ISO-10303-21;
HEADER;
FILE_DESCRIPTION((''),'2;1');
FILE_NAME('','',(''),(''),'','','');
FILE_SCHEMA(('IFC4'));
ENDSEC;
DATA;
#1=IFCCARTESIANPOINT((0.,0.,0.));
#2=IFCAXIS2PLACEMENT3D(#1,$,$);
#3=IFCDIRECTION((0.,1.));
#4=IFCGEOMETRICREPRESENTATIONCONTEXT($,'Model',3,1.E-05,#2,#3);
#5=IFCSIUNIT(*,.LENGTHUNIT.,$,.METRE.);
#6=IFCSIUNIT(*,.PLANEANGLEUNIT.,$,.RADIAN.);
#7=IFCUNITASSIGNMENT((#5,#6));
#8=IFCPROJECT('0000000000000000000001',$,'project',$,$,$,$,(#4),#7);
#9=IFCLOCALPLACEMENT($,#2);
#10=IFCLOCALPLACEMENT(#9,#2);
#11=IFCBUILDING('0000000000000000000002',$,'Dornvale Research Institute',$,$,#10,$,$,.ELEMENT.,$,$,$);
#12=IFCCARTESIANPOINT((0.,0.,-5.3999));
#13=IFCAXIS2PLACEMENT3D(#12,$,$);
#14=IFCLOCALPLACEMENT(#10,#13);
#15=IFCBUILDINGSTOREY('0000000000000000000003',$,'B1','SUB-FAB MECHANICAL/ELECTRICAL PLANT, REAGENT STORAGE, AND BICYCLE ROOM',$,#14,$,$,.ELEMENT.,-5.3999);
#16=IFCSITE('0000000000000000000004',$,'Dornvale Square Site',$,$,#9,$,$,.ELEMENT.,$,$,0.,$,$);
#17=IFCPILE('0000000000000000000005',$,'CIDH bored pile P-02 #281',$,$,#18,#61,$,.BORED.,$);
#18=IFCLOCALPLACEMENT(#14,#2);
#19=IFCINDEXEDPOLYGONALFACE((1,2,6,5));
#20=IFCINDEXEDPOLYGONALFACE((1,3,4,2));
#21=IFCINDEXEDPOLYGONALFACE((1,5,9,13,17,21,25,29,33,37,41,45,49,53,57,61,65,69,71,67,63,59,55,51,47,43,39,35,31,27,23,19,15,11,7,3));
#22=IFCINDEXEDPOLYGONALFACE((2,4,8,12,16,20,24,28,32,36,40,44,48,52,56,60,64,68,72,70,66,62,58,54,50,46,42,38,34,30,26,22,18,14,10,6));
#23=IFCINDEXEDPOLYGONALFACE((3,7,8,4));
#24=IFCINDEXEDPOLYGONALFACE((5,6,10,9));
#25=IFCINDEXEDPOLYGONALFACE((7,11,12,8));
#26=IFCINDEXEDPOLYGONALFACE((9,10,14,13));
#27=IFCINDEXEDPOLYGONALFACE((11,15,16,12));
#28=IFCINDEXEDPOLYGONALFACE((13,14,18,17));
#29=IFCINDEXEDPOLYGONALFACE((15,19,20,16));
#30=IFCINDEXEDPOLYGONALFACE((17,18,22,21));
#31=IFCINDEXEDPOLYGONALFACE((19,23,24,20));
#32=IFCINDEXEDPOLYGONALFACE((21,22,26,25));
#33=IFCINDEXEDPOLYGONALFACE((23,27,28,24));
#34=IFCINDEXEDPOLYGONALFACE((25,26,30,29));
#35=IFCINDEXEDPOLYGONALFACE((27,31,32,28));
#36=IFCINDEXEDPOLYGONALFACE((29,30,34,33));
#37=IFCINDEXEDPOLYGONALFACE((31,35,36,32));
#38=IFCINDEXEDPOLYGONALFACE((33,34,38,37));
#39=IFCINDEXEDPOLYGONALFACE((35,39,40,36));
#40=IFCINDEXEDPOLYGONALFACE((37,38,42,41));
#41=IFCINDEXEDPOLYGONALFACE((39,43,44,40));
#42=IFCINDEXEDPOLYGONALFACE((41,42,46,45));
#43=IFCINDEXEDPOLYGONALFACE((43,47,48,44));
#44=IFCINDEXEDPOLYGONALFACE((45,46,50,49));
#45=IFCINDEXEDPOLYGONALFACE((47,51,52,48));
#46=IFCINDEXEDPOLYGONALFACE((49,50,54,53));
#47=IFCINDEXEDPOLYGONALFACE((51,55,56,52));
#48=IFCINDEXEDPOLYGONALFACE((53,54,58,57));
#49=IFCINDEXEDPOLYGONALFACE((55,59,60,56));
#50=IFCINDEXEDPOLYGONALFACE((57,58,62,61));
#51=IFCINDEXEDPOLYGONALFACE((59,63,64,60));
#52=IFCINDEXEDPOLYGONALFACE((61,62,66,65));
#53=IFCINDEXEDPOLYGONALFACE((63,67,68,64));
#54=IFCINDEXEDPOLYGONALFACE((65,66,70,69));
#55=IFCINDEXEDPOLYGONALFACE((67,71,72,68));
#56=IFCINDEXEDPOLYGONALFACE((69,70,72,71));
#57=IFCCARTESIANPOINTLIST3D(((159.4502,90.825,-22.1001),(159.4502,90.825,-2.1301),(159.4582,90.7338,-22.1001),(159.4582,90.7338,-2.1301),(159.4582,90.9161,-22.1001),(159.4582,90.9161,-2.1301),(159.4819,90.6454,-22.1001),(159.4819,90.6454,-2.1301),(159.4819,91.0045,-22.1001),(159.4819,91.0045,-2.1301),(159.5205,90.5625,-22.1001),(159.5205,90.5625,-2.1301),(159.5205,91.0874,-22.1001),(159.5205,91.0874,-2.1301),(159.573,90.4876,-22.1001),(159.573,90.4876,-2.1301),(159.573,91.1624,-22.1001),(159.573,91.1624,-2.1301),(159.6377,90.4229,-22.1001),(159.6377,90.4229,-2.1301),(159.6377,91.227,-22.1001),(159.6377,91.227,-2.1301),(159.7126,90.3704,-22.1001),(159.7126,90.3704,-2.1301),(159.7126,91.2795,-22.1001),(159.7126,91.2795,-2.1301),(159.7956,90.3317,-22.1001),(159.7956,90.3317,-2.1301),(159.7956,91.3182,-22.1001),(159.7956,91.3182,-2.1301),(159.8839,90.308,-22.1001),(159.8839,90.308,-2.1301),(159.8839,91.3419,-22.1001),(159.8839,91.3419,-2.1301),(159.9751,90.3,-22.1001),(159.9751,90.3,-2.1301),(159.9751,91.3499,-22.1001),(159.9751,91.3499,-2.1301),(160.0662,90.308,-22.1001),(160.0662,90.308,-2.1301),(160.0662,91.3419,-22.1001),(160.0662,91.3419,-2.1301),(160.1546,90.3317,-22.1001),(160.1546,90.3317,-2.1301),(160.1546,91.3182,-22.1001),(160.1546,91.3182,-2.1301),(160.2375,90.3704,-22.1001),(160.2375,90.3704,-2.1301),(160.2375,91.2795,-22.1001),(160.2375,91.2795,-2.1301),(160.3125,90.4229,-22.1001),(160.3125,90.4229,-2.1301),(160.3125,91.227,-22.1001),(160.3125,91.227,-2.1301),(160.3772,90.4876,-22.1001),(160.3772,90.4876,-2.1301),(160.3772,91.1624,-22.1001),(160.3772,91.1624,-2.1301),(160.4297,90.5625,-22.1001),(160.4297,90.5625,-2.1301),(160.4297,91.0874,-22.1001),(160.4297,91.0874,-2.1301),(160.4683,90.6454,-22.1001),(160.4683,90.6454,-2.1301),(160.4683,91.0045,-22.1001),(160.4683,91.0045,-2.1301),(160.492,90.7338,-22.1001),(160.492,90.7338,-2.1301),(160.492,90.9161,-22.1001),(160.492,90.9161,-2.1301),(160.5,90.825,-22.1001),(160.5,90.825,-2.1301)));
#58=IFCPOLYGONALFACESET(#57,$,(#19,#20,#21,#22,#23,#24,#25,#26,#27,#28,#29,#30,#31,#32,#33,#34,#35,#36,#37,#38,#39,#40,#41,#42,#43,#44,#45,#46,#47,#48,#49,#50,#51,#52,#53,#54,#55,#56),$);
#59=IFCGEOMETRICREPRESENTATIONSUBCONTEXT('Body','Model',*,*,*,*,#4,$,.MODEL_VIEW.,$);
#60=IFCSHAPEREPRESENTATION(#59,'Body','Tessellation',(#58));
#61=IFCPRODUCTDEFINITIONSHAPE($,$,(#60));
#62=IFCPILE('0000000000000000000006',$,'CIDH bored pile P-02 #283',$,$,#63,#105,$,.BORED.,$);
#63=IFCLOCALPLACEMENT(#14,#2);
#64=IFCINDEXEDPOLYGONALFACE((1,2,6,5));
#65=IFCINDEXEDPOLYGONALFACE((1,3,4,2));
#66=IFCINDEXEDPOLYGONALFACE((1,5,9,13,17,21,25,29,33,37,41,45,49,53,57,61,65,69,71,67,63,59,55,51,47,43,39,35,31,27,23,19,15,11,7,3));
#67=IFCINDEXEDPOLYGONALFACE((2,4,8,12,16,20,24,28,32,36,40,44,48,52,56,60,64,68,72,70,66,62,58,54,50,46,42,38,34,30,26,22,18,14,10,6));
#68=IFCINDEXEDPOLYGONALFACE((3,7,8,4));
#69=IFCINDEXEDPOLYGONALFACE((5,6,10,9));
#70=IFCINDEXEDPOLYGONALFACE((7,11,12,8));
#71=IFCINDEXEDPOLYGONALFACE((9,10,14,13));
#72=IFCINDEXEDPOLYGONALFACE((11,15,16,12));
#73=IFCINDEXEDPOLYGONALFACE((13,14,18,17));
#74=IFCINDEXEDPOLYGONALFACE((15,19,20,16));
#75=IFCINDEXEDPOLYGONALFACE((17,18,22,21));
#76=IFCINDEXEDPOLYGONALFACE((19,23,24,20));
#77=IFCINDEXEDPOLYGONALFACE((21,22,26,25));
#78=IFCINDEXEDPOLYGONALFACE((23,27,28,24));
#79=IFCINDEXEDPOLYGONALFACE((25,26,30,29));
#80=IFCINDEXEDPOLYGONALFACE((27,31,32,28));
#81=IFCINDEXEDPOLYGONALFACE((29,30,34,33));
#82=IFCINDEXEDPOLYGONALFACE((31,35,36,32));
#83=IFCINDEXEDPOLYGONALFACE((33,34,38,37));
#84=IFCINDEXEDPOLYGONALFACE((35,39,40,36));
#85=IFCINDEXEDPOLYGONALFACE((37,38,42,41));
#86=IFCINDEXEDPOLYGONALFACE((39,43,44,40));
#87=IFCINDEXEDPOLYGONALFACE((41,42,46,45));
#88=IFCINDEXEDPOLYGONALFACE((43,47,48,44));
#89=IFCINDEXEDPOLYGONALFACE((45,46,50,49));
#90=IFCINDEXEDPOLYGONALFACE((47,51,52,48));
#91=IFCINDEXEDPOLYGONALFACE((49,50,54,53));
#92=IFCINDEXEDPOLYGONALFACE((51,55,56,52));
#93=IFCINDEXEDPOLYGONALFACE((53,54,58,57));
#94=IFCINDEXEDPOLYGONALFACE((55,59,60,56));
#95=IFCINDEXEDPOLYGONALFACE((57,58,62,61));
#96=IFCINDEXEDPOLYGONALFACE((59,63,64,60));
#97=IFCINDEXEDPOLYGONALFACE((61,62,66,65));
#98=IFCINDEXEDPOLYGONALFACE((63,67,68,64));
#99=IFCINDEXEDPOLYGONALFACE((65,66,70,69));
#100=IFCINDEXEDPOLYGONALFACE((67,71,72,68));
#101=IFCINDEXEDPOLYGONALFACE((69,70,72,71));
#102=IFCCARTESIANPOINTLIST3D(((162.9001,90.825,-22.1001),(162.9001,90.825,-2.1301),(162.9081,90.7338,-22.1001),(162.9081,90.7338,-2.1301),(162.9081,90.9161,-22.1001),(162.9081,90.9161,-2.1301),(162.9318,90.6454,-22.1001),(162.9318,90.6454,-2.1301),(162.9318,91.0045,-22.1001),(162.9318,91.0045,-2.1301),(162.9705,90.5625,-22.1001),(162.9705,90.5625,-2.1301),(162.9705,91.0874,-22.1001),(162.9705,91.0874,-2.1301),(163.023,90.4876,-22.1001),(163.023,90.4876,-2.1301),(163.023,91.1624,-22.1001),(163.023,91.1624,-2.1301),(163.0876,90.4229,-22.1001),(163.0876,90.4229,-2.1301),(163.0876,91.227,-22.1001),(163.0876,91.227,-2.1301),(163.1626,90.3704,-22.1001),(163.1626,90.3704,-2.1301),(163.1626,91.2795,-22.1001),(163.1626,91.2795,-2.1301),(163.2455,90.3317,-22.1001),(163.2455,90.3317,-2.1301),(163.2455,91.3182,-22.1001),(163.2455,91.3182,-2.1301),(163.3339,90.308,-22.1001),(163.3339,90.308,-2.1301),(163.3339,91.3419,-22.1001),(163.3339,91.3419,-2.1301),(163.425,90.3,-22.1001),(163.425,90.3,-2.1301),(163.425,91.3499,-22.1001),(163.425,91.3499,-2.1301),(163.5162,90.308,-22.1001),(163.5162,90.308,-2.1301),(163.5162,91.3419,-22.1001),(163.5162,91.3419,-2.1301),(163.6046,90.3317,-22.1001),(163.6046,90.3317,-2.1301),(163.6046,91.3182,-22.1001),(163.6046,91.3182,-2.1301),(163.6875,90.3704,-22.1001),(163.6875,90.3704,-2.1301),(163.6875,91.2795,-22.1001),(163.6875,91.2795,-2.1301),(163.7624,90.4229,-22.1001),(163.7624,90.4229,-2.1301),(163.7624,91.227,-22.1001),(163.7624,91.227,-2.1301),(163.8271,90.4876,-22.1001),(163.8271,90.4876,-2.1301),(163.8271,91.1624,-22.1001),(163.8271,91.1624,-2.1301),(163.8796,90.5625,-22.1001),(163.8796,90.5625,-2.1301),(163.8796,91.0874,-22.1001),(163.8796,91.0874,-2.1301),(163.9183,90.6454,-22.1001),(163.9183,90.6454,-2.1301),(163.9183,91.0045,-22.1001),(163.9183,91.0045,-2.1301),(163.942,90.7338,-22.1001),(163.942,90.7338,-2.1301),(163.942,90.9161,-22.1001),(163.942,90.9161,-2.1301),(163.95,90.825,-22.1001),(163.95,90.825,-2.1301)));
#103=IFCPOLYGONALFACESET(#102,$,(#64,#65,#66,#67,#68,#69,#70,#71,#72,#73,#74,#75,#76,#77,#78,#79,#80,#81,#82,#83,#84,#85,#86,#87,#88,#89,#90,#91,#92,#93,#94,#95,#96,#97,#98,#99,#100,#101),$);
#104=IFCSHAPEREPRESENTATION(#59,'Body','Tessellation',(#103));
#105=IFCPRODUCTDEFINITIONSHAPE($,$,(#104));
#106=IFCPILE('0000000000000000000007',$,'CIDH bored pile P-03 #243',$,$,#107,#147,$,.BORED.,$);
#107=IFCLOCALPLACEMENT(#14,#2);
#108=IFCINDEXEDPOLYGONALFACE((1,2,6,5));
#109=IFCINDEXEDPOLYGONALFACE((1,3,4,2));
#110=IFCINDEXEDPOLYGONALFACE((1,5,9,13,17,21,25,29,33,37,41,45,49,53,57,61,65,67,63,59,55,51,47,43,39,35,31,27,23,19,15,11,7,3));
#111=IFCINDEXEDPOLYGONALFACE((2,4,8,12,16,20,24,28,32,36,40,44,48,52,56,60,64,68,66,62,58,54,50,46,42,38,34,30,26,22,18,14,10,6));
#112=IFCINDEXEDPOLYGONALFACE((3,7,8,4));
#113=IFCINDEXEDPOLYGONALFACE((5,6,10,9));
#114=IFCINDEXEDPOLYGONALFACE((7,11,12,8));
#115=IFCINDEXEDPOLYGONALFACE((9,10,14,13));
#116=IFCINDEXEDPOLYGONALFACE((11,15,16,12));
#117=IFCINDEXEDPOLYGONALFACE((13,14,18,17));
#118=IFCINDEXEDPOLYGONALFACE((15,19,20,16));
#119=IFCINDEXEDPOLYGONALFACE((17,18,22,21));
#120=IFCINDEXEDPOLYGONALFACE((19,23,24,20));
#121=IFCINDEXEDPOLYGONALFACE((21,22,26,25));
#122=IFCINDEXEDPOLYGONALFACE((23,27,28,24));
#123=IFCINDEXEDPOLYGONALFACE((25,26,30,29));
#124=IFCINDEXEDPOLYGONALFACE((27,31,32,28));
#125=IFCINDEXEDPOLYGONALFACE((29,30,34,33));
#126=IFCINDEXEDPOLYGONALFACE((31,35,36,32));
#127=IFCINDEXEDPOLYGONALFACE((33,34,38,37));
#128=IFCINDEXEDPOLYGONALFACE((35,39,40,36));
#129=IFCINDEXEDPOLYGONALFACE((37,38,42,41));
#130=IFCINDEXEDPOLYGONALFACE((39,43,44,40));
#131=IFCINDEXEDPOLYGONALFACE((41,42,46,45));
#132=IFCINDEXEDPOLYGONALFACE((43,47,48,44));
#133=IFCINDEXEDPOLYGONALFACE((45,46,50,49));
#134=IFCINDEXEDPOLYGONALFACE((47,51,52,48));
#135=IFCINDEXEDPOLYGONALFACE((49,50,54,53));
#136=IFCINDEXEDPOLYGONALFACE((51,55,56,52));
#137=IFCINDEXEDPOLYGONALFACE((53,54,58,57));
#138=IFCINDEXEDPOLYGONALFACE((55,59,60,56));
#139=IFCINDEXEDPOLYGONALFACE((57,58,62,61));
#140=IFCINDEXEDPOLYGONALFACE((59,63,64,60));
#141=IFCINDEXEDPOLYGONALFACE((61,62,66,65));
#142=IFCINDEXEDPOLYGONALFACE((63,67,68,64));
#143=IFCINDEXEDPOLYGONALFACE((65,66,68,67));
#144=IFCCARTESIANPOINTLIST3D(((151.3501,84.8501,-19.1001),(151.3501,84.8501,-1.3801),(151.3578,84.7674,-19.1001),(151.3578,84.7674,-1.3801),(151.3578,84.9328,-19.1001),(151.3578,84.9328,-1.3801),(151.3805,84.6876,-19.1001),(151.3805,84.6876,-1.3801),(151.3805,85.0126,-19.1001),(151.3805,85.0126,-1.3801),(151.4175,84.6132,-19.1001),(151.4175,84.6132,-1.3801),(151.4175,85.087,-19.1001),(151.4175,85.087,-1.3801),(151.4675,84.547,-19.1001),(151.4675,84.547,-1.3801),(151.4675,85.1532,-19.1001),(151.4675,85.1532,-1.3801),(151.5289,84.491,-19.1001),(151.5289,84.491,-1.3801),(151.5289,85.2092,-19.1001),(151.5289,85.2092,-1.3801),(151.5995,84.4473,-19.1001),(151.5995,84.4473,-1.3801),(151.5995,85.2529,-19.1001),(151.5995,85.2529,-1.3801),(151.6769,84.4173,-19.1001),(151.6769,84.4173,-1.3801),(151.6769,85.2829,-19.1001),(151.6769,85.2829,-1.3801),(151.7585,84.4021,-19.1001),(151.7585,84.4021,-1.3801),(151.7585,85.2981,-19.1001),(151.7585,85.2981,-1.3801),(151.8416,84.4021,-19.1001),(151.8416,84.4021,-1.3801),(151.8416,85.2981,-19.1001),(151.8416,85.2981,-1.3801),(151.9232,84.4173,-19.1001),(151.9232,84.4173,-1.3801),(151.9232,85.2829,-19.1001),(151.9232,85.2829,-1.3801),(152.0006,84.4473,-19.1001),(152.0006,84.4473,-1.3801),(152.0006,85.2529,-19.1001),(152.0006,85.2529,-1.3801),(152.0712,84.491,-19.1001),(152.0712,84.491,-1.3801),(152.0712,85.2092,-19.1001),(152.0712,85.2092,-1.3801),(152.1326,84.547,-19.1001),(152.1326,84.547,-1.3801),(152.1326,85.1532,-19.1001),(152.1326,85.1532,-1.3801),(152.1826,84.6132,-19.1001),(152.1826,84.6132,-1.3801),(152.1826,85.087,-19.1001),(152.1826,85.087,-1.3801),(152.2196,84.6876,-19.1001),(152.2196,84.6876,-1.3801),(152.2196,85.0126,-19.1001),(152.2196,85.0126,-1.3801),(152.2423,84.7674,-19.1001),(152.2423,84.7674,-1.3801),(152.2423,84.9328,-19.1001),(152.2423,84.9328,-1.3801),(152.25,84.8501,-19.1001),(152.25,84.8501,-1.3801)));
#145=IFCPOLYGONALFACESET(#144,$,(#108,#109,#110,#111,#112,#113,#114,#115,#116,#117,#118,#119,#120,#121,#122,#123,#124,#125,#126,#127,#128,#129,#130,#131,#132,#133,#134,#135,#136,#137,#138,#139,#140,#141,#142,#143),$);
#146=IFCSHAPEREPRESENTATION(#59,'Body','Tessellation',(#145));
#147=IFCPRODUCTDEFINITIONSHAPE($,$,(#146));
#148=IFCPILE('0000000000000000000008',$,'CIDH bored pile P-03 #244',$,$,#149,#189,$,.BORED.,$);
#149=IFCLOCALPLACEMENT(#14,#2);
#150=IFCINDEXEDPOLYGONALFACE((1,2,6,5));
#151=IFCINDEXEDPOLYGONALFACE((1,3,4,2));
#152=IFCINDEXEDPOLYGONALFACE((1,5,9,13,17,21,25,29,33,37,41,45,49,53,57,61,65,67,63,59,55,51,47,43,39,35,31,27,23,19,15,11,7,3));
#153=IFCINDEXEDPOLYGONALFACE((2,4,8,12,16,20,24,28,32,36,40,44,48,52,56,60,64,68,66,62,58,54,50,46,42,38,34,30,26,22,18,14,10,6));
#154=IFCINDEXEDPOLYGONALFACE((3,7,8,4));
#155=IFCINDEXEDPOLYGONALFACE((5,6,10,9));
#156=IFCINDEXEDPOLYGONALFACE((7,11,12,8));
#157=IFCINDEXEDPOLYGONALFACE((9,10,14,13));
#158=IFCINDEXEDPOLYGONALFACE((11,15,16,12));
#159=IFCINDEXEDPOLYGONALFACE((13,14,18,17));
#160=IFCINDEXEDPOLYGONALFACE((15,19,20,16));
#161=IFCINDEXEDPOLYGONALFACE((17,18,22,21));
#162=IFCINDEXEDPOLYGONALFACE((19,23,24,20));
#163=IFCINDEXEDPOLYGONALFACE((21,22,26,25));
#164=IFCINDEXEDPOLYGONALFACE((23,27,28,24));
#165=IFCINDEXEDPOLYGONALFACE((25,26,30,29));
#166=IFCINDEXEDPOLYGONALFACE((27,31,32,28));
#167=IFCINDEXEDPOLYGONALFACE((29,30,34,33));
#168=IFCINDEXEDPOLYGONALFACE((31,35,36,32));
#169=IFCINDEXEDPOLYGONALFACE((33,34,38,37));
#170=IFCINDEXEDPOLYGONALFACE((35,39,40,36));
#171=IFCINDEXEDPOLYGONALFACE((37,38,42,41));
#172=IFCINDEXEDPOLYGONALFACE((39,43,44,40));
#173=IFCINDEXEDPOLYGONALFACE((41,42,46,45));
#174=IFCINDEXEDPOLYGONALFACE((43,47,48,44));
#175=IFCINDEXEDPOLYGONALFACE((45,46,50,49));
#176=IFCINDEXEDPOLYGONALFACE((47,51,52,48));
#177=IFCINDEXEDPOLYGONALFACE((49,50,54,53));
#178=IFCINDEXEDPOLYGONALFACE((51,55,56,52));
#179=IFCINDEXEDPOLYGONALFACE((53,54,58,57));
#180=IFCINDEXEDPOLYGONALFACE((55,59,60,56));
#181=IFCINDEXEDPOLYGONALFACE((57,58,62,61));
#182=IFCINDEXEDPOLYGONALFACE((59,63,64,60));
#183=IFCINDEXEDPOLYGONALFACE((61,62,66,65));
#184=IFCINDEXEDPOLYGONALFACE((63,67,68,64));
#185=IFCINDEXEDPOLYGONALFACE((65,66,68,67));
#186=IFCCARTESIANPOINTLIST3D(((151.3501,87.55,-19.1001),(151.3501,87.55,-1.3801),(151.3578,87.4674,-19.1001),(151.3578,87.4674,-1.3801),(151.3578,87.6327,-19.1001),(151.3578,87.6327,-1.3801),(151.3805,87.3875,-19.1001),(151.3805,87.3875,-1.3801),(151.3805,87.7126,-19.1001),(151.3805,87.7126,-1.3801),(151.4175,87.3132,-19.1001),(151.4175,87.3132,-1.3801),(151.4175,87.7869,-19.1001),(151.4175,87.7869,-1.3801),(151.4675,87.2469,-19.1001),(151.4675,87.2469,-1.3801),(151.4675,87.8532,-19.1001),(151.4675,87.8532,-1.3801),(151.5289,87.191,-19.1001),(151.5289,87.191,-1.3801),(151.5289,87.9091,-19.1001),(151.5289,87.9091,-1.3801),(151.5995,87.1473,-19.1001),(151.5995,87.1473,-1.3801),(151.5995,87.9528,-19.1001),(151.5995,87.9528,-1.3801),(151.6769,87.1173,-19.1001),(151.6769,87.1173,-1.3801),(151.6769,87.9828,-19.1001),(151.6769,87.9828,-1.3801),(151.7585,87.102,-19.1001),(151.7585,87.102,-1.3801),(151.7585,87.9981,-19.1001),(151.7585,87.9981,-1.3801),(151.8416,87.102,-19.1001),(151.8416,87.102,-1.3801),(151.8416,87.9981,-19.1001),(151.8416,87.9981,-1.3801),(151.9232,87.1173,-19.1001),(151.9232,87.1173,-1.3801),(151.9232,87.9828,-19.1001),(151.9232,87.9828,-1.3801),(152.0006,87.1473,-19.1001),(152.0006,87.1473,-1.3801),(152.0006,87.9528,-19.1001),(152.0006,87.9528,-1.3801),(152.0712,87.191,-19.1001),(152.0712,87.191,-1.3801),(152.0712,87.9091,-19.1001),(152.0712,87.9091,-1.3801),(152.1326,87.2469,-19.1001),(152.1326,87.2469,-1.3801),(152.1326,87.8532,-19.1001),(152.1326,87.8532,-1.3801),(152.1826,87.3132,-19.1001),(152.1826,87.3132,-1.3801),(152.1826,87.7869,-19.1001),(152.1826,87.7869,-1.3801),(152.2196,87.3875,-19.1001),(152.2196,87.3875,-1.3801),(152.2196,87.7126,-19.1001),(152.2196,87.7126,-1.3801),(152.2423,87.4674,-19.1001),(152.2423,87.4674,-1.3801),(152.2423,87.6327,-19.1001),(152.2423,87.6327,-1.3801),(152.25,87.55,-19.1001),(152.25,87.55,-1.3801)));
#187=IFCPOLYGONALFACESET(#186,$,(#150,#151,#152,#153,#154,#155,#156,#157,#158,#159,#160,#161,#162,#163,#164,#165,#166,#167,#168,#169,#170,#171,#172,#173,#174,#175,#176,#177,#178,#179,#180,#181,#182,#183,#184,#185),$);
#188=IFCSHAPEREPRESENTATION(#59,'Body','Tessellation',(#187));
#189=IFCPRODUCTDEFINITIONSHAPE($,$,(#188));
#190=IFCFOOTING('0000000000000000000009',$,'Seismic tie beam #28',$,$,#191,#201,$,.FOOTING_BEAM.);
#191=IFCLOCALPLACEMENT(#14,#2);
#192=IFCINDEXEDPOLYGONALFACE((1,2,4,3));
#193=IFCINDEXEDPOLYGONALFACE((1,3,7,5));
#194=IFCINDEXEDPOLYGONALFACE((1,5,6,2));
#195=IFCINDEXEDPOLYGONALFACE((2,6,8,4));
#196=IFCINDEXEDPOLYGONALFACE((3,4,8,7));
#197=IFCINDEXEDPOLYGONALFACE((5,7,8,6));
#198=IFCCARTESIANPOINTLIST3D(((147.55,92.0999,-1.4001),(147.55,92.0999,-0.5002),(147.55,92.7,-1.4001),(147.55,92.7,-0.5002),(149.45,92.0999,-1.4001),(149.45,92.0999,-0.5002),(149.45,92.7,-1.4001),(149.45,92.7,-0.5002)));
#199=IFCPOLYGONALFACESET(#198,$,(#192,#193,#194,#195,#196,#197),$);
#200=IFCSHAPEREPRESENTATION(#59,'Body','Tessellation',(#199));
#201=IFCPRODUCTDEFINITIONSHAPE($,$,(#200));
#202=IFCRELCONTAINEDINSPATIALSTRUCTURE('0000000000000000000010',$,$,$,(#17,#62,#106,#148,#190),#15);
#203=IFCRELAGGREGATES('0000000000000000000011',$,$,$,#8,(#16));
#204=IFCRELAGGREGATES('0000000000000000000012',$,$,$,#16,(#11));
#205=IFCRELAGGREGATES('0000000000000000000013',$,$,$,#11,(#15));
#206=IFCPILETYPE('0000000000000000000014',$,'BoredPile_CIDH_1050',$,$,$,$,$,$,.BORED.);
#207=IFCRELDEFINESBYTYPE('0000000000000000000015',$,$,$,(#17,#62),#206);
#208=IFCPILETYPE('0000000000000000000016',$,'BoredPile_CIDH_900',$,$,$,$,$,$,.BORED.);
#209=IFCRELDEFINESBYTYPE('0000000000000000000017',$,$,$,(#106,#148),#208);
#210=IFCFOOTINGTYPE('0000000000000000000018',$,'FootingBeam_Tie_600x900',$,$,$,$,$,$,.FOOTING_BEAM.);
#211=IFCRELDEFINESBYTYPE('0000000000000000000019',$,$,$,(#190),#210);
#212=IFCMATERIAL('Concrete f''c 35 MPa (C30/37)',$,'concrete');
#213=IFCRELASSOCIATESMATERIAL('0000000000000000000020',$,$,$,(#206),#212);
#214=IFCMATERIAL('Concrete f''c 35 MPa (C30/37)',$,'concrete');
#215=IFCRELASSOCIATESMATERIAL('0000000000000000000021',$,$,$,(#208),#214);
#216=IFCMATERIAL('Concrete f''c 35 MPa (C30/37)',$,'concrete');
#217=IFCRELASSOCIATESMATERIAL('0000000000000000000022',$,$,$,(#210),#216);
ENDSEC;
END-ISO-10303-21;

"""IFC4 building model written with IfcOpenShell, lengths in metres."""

from ifc_helpers import new_model, si_unit, direction, frame, origin, origin_2d, place, context, subcontext, project, spatial, rectangle, circle, extrude, material, material_profile, profile_set, type_object, element, save


model = new_model("IFC4")

# Units and contexts
model_context = context("Model", 3, precision=1e-05, world=origin(), true_north=direction((0.0, 1.0)))
body_context = subcontext(model_context, "Body", "Model", "MODEL_VIEW")
ifc_project = project(units=[si_unit("LENGTHUNIT", "METRE"), si_unit("PLANEANGLEUNIT", "RADIAN")], contexts=[model_context])

# Site, building, storey
site_placement = place(None, origin())
site = spatial("IfcSite", under=ifc_project, at=site_placement, Name="Dornvale Square Site", CompositionType="ELEMENT", RefElevation=0.0)
building_placement = place(site_placement, origin())
building = spatial("IfcBuilding", under=site, at=building_placement, Name="Dornvale Research Institute", CompositionType="ELEMENT")
storey_placement = place(building_placement, frame((0.0, 0.0, -5.3999)))
storey = spatial("IfcBuildingStorey", under=building, at=storey_placement, Name="B1", Description="SUB-FAB MECHANICAL/ELECTRICAL PLANT, REAGENT STORAGE, AND BICYCLE ROOM", CompositionType="ELEMENT", Elevation=-5.3999)

# Piles
ifc_material_1 = material(Name="Concrete f'c 35 MPa (C30/37)", Category="concrete")
ifc_material_profile_1 = material_profile(ifc_material_1, circle(Radius=0.5249, at=origin_2d()), Name="CIDH PILE D1050")
ifc_profile_set_1 = profile_set([ifc_material_profile_1], Name="Concrete f'c 35 MPa (C30/37)")
pile_type_1 = type_object("IfcPileType", Name="BoredPile_CIDH_1050", PredefinedType="BORED", material=ifc_profile_set_1)
for number, where, z_axis, x_axis, name in (
    (1, (159.9751, 90.825, -2.1301), (0.0, 0.0, -1.0), (1.0, 0.0, 0.0), "CIDH bored pile P-02 #281"),
    (2, (163.425, 90.825, -2.1301), (0.0, 0.0, -1.0), (1.0, 0.0, 0.0), "CIDH bored pile P-02 #283"),
):
    element("IfcPile", number, at=place(storey_placement, frame(where, z_axis=z_axis, x_axis=x_axis)), inside=storey, type_object=pile_type_1, Name=name, PredefinedType="BORED", context=body_context, shape_type="SweptSolid", body=[
        extrude(circle(Radius=0.5249, at=origin_2d()), origin(), (0.0, 0.0, 1.0), 19.97),
    ])
ifc_material_2 = material(Name="Concrete f'c 35 MPa (C30/37)", Category="concrete")
ifc_material_profile_2 = material_profile(ifc_material_2, circle(Radius=0.45, at=origin_2d()), Name="CIDH PILE D900")
ifc_profile_set_2 = profile_set([ifc_material_profile_2], Name="Concrete f'c 35 MPa (C30/37)")
pile_type_2 = type_object("IfcPileType", Name="BoredPile_CIDH_900", PredefinedType="BORED", material=ifc_profile_set_2)
for number, where, z_axis, x_axis, name in (
    (3, (151.8, 84.8501, -1.3801), (0.0, 0.0, -1.0), (1.0, 0.0, 0.0), "CIDH bored pile P-03 #243"),
    (4, (151.8, 87.55, -1.3801), (0.0, 0.0, -1.0), (1.0, 0.0, 0.0), "CIDH bored pile P-03 #244"),
):
    element("IfcPile", number, at=place(storey_placement, frame(where, z_axis=z_axis, x_axis=x_axis)), inside=storey, type_object=pile_type_2, Name=name, PredefinedType="BORED", context=body_context, shape_type="SweptSolid", body=[
        extrude(circle(Radius=0.45, at=origin_2d()), origin(), (0.0, 0.0, 1.0), 17.72),
    ])

# Footing
ifc_material_3 = material(Name="Concrete f'c 35 MPa (C30/37)", Category="concrete")
footing_type_1 = type_object("IfcFootingType", Name="FootingBeam_Tie_600x900", PredefinedType="FOOTING_BEAM", material=ifc_material_3)
for number, where, z_axis, x_axis, name in (
    (5, (148.5, 92.3999, -1.4001), (0.0, 0.0, 1.0), (1.0, 0.0, 0.0), "Seismic tie beam #28"),
):
    element("IfcFooting", number, at=place(storey_placement, frame(where, z_axis=z_axis, x_axis=x_axis)), inside=storey, type_object=footing_type_1, Name=name, PredefinedType="FOOTING_BEAM", context=body_context, shape_type="SweptSolid", body=[
        extrude(rectangle(XDim=1.8999, YDim=0.6001, at=origin_2d()), origin(), (0.0, 0.0, 1.0), 0.8999),
    ])

save(model, "model.ifc")
